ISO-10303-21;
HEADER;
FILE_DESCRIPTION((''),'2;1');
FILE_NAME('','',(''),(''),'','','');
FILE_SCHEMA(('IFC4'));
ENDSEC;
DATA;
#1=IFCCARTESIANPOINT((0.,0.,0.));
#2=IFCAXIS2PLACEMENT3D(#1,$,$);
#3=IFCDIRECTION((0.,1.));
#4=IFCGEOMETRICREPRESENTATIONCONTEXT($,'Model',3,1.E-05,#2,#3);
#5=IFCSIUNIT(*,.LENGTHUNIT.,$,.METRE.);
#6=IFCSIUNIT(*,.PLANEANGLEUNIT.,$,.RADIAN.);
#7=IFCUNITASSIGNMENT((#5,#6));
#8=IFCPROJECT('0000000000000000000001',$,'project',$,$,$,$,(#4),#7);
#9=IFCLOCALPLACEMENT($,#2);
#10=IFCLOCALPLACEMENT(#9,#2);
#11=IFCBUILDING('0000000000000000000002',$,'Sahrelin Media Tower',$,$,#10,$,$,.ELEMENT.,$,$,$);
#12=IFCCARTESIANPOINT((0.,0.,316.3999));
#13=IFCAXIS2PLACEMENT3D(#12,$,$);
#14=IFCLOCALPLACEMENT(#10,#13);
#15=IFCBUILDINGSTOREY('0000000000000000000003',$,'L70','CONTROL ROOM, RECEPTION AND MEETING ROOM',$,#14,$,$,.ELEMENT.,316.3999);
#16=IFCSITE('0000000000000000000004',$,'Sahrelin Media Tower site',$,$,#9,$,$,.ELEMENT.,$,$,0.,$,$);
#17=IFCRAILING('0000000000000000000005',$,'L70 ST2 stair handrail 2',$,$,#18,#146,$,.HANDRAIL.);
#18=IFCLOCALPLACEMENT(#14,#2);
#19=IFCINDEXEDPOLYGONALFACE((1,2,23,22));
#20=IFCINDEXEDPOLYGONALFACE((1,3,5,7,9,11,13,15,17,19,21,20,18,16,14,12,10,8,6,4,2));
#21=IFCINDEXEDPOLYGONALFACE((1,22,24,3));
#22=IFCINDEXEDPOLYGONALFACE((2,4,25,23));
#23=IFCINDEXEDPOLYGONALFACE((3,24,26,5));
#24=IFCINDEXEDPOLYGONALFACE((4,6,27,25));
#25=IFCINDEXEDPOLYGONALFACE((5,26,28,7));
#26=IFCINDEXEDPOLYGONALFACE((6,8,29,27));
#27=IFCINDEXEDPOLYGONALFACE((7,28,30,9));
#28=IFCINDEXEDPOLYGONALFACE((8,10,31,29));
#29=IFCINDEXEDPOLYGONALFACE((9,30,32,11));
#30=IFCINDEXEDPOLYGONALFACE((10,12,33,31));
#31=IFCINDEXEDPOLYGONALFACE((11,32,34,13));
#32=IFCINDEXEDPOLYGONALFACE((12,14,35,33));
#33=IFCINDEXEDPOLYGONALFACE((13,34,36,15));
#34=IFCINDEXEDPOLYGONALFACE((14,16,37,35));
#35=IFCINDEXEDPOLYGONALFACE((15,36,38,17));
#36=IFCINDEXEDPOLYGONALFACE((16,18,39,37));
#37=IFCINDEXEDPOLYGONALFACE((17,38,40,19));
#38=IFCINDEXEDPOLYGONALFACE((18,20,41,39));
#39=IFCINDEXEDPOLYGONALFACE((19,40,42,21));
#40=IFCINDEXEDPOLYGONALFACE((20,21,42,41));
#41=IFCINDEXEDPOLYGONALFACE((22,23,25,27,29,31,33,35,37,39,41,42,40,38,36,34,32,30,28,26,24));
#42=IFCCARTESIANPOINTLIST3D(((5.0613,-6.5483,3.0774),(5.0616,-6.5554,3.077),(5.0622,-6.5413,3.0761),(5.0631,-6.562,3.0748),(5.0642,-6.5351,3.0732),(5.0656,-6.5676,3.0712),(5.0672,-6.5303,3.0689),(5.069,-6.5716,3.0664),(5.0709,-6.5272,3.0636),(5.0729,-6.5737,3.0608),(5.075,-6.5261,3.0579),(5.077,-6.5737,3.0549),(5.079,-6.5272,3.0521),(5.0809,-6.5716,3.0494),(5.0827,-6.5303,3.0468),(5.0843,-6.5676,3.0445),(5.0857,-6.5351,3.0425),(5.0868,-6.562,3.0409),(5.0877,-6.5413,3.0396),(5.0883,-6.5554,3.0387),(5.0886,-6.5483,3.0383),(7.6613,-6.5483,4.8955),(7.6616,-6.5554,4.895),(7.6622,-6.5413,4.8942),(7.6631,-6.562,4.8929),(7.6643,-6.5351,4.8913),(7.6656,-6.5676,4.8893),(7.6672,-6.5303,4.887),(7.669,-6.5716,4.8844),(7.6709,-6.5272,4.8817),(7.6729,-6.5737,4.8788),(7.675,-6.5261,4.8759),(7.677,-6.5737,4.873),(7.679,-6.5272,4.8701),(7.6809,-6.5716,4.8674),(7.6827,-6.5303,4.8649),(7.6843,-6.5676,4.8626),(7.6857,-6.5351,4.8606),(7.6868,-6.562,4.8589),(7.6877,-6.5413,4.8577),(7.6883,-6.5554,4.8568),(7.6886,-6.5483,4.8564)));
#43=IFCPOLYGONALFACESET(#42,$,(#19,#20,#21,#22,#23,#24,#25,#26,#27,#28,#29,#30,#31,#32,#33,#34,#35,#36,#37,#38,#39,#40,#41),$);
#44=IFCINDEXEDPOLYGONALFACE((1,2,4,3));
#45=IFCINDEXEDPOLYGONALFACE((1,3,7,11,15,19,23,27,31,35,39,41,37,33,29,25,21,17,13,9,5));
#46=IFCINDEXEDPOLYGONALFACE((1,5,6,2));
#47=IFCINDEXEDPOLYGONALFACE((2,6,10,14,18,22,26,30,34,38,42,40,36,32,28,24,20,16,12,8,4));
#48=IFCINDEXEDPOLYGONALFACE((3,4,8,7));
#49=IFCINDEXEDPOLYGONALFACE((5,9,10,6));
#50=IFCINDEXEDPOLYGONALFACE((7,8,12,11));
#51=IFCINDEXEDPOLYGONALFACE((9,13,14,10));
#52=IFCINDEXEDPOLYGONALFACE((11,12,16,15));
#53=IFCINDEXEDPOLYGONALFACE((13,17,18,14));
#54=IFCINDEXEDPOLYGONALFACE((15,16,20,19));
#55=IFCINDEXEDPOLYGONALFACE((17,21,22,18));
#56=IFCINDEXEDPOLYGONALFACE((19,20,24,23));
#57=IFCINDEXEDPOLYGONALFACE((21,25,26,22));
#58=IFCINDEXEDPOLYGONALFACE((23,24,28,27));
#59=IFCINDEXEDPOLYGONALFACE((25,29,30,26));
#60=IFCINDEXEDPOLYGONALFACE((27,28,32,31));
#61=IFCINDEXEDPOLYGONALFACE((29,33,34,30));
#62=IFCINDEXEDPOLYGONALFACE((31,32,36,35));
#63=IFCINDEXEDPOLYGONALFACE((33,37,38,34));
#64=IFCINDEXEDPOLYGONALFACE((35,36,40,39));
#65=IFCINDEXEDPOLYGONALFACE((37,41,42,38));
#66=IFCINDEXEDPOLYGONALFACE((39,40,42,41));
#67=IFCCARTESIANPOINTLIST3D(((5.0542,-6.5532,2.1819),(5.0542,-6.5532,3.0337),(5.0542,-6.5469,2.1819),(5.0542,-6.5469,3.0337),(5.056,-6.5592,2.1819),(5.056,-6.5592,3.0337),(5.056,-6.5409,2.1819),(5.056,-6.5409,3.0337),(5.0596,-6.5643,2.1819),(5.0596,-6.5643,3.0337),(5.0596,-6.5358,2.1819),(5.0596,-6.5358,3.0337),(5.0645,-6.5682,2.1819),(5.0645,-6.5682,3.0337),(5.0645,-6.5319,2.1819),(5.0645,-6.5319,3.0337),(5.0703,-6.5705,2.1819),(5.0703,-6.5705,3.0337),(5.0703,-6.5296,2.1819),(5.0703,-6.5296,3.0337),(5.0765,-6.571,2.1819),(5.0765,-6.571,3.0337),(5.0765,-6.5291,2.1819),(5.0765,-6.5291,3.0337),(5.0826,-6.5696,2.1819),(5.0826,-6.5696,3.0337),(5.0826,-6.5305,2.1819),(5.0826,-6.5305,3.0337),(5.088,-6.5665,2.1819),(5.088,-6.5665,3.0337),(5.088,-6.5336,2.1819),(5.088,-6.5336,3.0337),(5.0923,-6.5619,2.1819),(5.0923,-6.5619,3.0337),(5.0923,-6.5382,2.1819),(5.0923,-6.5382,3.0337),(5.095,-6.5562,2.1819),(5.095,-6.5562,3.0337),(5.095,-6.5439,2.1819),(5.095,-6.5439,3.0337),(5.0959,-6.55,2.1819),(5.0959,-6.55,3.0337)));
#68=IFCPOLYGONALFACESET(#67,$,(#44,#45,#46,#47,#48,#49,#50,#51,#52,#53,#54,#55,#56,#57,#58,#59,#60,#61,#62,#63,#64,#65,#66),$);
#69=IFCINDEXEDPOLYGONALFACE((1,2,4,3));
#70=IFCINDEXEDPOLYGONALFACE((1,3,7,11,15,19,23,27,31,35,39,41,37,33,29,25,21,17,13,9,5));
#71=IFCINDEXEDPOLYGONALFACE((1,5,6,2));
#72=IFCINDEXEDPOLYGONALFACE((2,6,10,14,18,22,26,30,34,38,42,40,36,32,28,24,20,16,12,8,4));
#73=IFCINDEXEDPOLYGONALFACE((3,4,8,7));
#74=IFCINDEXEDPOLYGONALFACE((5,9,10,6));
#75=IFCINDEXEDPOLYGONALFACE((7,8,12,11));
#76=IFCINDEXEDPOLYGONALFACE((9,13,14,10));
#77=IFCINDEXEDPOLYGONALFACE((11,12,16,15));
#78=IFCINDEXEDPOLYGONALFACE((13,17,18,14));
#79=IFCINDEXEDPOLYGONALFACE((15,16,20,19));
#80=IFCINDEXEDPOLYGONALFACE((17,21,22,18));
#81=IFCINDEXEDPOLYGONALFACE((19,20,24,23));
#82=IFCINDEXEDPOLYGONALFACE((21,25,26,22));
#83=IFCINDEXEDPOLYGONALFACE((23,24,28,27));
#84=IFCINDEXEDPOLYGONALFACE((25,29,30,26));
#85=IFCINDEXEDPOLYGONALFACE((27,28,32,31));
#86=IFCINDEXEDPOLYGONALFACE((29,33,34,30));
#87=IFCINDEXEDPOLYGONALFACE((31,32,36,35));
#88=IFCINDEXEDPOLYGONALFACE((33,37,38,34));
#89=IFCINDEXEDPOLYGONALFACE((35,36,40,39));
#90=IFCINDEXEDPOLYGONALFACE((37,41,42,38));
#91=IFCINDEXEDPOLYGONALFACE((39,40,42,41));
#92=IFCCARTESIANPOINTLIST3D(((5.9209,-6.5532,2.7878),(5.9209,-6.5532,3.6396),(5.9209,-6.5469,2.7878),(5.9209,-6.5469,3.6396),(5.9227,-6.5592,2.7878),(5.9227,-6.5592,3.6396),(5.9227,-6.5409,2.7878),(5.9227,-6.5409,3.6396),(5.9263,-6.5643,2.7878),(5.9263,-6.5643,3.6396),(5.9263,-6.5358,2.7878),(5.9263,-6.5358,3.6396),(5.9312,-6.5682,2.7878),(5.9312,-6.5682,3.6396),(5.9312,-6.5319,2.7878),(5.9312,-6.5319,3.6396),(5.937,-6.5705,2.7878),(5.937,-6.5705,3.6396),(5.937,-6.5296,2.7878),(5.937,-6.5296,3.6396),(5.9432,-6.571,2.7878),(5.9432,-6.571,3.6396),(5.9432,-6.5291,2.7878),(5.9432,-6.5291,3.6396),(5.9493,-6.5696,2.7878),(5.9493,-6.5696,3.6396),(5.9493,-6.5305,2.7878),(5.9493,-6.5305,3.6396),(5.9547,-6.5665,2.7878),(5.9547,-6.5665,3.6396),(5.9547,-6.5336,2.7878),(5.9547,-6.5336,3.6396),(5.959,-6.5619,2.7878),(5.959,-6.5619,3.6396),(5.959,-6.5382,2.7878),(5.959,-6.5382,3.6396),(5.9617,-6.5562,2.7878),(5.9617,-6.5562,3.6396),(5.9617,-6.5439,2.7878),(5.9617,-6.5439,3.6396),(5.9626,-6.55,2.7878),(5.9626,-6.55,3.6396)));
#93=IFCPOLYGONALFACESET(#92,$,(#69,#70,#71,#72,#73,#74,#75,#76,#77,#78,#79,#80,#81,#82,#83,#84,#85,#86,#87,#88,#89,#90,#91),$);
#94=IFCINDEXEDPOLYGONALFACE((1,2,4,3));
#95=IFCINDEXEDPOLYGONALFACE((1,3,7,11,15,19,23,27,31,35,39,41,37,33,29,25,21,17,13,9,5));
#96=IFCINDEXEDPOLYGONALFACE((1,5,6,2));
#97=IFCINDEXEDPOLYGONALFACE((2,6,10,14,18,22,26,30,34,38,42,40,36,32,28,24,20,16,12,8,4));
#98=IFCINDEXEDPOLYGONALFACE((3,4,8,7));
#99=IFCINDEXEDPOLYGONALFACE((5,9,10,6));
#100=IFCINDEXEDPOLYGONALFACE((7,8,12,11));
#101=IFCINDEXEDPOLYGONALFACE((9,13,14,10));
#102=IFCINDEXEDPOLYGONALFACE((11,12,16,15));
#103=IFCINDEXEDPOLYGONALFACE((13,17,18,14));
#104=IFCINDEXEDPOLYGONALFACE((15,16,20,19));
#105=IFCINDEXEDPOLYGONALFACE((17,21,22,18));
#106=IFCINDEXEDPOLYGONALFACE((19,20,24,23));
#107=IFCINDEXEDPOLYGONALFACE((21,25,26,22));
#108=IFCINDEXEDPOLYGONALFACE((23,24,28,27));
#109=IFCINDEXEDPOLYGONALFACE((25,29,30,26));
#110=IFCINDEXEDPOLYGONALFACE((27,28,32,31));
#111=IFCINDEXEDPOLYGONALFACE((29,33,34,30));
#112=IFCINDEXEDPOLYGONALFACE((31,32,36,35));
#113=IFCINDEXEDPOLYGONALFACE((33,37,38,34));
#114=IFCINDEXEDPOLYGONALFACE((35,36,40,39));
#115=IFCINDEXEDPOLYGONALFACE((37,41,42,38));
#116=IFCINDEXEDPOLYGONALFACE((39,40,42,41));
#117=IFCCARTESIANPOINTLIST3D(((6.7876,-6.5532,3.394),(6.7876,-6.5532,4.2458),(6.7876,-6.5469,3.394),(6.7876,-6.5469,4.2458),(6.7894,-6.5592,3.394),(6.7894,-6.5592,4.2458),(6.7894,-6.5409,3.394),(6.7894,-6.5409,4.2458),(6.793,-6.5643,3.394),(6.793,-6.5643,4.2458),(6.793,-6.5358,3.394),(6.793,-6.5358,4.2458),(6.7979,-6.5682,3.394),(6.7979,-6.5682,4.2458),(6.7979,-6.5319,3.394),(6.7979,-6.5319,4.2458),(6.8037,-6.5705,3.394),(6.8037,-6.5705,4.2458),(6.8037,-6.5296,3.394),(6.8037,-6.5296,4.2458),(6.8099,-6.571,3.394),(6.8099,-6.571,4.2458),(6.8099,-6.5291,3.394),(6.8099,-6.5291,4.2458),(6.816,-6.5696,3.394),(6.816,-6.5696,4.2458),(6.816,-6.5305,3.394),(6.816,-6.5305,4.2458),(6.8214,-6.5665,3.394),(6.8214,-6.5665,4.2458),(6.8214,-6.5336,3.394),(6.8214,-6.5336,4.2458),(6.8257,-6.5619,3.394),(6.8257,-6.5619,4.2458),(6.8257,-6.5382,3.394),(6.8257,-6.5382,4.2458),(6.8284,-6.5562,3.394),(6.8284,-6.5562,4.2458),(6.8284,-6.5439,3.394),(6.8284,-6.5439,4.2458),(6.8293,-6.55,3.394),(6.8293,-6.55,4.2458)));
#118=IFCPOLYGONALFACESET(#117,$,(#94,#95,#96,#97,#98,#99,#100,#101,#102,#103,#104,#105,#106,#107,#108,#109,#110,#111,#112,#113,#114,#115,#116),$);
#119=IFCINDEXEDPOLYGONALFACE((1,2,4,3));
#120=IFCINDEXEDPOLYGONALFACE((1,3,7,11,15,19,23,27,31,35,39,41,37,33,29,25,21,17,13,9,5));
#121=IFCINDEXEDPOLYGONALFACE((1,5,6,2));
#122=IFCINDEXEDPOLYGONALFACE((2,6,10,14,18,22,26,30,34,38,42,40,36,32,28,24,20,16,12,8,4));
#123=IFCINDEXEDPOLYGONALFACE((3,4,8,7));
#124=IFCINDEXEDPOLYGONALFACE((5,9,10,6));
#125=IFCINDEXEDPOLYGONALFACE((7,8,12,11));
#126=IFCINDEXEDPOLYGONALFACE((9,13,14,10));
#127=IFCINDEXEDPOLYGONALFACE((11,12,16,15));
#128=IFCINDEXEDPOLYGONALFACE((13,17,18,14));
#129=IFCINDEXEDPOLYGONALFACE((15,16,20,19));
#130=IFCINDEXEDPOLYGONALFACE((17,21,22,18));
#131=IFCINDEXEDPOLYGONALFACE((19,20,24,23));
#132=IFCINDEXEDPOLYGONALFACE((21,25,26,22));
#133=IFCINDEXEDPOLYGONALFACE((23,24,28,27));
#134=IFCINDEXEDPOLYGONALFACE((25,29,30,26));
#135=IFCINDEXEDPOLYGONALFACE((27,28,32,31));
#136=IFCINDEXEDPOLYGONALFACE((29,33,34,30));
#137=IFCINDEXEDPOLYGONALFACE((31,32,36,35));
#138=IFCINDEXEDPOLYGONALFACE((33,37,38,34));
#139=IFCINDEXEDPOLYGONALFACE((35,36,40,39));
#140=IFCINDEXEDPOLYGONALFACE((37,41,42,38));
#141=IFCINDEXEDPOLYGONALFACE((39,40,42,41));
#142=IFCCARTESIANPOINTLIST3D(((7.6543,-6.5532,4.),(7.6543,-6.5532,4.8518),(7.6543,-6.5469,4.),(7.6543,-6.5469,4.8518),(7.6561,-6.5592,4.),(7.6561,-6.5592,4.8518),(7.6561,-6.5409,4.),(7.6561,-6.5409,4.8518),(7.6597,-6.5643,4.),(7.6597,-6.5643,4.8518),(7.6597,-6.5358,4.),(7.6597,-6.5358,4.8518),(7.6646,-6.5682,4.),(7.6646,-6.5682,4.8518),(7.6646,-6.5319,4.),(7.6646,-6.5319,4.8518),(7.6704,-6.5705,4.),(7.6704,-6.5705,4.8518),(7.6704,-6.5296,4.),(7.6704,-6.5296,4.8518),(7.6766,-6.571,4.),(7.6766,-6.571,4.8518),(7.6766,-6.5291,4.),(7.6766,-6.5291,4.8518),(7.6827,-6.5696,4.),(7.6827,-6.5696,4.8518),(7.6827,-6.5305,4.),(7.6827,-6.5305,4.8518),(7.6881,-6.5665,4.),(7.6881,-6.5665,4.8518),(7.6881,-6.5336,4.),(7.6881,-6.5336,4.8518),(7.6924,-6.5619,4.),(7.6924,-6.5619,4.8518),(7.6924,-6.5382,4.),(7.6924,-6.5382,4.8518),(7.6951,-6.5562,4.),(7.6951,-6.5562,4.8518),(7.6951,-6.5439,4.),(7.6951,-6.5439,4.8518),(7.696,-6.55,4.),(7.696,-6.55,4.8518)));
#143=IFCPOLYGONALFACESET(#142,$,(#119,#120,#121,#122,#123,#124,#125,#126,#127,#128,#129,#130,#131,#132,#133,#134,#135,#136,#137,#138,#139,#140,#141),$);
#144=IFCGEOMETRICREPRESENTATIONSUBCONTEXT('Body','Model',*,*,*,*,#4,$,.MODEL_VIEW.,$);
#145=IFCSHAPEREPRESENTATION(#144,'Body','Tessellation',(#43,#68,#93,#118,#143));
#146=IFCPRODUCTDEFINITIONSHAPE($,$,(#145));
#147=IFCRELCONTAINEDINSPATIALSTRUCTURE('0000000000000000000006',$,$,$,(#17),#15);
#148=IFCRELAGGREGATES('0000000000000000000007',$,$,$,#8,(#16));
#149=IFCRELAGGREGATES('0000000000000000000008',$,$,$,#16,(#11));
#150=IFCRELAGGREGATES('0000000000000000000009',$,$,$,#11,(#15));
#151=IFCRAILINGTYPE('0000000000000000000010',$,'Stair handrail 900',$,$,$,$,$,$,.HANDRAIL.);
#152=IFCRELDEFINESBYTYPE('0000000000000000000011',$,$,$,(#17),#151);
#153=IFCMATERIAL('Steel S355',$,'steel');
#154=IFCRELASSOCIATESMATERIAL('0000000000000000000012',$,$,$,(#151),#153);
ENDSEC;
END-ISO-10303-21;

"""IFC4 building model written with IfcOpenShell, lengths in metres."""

from ifc_helpers import new_model, si_unit, direction, frame, origin, origin_2d, place, context, subcontext, project, spatial, circle, extrude, material, type_object, element, save


model = new_model("IFC4")

# Units and contexts
model_context = context("Model", 3, precision=1e-05, world=origin(), true_north=direction((0.0, 1.0)))
body_context = subcontext(model_context, "Body", "Model", "MODEL_VIEW")
ifc_project = project(units=[si_unit("LENGTHUNIT", "METRE"), si_unit("PLANEANGLEUNIT", "RADIAN")], contexts=[model_context])

# Site, building, storey
site_placement = place(None, origin())
site = spatial("IfcSite", under=ifc_project, at=site_placement, Name="Sahrelin Media Tower site", CompositionType="ELEMENT", RefElevation=0.0)
building_placement = place(site_placement, origin())
building = spatial("IfcBuilding", under=site, at=building_placement, Name="Sahrelin Media Tower", CompositionType="ELEMENT")
storey_placement = place(building_placement, frame((0.0, 0.0, 316.3999)))
storey = spatial("IfcBuildingStorey", under=building, at=storey_placement, Name="L70", Description="CONTROL ROOM, RECEPTION AND MEETING ROOM", CompositionType="ELEMENT", Elevation=316.3999)

# Shared definitions
ifc_material_1 = material(Name="Steel S355", Category="steel")

# Railing
railing_type_1 = type_object("IfcRailingType", Name="Stair handrail 900", PredefinedType="HANDRAIL", material=ifc_material_1)
railing_1_placement = place(storey_placement, frame((5.075, -6.55, 2.1819)))
element("IfcRailing", 1, at=railing_1_placement, inside=storey, type_object=railing_type_1, Name="L70 ST2 stair handrail 2", PredefinedType="HANDRAIL", context=body_context, shape_type="SweptSolid", body=[
    extrude(circle(Radius=0.0239, at=origin_2d()), frame((0.0, 0.0, 0.876), z_axis=(0.819521, 0.0, 0.573049), x_axis=(0.0, 1.0, 0.0)), (0.0, 0.0, 1.0), 3.1726),
    extrude(circle(Radius=0.021, at=origin_2d()), origin(), (0.0, 0.0, 1.0), 0.8518),
    extrude(circle(Radius=0.021, at=origin_2d()), frame((0.8667, 0.0, 0.606)), (0.0, 0.0, 1.0), 0.8518),
    extrude(circle(Radius=0.021, at=origin_2d()), frame((1.7334, 0.0, 1.2122)), (0.0, 0.0, 1.0), 0.8518),
    extrude(circle(Radius=0.021, at=origin_2d()), frame((2.6001, 0.0, 1.8181)), (0.0, 0.0, 1.0), 0.8518),
])

save(model, "model.ifc")
